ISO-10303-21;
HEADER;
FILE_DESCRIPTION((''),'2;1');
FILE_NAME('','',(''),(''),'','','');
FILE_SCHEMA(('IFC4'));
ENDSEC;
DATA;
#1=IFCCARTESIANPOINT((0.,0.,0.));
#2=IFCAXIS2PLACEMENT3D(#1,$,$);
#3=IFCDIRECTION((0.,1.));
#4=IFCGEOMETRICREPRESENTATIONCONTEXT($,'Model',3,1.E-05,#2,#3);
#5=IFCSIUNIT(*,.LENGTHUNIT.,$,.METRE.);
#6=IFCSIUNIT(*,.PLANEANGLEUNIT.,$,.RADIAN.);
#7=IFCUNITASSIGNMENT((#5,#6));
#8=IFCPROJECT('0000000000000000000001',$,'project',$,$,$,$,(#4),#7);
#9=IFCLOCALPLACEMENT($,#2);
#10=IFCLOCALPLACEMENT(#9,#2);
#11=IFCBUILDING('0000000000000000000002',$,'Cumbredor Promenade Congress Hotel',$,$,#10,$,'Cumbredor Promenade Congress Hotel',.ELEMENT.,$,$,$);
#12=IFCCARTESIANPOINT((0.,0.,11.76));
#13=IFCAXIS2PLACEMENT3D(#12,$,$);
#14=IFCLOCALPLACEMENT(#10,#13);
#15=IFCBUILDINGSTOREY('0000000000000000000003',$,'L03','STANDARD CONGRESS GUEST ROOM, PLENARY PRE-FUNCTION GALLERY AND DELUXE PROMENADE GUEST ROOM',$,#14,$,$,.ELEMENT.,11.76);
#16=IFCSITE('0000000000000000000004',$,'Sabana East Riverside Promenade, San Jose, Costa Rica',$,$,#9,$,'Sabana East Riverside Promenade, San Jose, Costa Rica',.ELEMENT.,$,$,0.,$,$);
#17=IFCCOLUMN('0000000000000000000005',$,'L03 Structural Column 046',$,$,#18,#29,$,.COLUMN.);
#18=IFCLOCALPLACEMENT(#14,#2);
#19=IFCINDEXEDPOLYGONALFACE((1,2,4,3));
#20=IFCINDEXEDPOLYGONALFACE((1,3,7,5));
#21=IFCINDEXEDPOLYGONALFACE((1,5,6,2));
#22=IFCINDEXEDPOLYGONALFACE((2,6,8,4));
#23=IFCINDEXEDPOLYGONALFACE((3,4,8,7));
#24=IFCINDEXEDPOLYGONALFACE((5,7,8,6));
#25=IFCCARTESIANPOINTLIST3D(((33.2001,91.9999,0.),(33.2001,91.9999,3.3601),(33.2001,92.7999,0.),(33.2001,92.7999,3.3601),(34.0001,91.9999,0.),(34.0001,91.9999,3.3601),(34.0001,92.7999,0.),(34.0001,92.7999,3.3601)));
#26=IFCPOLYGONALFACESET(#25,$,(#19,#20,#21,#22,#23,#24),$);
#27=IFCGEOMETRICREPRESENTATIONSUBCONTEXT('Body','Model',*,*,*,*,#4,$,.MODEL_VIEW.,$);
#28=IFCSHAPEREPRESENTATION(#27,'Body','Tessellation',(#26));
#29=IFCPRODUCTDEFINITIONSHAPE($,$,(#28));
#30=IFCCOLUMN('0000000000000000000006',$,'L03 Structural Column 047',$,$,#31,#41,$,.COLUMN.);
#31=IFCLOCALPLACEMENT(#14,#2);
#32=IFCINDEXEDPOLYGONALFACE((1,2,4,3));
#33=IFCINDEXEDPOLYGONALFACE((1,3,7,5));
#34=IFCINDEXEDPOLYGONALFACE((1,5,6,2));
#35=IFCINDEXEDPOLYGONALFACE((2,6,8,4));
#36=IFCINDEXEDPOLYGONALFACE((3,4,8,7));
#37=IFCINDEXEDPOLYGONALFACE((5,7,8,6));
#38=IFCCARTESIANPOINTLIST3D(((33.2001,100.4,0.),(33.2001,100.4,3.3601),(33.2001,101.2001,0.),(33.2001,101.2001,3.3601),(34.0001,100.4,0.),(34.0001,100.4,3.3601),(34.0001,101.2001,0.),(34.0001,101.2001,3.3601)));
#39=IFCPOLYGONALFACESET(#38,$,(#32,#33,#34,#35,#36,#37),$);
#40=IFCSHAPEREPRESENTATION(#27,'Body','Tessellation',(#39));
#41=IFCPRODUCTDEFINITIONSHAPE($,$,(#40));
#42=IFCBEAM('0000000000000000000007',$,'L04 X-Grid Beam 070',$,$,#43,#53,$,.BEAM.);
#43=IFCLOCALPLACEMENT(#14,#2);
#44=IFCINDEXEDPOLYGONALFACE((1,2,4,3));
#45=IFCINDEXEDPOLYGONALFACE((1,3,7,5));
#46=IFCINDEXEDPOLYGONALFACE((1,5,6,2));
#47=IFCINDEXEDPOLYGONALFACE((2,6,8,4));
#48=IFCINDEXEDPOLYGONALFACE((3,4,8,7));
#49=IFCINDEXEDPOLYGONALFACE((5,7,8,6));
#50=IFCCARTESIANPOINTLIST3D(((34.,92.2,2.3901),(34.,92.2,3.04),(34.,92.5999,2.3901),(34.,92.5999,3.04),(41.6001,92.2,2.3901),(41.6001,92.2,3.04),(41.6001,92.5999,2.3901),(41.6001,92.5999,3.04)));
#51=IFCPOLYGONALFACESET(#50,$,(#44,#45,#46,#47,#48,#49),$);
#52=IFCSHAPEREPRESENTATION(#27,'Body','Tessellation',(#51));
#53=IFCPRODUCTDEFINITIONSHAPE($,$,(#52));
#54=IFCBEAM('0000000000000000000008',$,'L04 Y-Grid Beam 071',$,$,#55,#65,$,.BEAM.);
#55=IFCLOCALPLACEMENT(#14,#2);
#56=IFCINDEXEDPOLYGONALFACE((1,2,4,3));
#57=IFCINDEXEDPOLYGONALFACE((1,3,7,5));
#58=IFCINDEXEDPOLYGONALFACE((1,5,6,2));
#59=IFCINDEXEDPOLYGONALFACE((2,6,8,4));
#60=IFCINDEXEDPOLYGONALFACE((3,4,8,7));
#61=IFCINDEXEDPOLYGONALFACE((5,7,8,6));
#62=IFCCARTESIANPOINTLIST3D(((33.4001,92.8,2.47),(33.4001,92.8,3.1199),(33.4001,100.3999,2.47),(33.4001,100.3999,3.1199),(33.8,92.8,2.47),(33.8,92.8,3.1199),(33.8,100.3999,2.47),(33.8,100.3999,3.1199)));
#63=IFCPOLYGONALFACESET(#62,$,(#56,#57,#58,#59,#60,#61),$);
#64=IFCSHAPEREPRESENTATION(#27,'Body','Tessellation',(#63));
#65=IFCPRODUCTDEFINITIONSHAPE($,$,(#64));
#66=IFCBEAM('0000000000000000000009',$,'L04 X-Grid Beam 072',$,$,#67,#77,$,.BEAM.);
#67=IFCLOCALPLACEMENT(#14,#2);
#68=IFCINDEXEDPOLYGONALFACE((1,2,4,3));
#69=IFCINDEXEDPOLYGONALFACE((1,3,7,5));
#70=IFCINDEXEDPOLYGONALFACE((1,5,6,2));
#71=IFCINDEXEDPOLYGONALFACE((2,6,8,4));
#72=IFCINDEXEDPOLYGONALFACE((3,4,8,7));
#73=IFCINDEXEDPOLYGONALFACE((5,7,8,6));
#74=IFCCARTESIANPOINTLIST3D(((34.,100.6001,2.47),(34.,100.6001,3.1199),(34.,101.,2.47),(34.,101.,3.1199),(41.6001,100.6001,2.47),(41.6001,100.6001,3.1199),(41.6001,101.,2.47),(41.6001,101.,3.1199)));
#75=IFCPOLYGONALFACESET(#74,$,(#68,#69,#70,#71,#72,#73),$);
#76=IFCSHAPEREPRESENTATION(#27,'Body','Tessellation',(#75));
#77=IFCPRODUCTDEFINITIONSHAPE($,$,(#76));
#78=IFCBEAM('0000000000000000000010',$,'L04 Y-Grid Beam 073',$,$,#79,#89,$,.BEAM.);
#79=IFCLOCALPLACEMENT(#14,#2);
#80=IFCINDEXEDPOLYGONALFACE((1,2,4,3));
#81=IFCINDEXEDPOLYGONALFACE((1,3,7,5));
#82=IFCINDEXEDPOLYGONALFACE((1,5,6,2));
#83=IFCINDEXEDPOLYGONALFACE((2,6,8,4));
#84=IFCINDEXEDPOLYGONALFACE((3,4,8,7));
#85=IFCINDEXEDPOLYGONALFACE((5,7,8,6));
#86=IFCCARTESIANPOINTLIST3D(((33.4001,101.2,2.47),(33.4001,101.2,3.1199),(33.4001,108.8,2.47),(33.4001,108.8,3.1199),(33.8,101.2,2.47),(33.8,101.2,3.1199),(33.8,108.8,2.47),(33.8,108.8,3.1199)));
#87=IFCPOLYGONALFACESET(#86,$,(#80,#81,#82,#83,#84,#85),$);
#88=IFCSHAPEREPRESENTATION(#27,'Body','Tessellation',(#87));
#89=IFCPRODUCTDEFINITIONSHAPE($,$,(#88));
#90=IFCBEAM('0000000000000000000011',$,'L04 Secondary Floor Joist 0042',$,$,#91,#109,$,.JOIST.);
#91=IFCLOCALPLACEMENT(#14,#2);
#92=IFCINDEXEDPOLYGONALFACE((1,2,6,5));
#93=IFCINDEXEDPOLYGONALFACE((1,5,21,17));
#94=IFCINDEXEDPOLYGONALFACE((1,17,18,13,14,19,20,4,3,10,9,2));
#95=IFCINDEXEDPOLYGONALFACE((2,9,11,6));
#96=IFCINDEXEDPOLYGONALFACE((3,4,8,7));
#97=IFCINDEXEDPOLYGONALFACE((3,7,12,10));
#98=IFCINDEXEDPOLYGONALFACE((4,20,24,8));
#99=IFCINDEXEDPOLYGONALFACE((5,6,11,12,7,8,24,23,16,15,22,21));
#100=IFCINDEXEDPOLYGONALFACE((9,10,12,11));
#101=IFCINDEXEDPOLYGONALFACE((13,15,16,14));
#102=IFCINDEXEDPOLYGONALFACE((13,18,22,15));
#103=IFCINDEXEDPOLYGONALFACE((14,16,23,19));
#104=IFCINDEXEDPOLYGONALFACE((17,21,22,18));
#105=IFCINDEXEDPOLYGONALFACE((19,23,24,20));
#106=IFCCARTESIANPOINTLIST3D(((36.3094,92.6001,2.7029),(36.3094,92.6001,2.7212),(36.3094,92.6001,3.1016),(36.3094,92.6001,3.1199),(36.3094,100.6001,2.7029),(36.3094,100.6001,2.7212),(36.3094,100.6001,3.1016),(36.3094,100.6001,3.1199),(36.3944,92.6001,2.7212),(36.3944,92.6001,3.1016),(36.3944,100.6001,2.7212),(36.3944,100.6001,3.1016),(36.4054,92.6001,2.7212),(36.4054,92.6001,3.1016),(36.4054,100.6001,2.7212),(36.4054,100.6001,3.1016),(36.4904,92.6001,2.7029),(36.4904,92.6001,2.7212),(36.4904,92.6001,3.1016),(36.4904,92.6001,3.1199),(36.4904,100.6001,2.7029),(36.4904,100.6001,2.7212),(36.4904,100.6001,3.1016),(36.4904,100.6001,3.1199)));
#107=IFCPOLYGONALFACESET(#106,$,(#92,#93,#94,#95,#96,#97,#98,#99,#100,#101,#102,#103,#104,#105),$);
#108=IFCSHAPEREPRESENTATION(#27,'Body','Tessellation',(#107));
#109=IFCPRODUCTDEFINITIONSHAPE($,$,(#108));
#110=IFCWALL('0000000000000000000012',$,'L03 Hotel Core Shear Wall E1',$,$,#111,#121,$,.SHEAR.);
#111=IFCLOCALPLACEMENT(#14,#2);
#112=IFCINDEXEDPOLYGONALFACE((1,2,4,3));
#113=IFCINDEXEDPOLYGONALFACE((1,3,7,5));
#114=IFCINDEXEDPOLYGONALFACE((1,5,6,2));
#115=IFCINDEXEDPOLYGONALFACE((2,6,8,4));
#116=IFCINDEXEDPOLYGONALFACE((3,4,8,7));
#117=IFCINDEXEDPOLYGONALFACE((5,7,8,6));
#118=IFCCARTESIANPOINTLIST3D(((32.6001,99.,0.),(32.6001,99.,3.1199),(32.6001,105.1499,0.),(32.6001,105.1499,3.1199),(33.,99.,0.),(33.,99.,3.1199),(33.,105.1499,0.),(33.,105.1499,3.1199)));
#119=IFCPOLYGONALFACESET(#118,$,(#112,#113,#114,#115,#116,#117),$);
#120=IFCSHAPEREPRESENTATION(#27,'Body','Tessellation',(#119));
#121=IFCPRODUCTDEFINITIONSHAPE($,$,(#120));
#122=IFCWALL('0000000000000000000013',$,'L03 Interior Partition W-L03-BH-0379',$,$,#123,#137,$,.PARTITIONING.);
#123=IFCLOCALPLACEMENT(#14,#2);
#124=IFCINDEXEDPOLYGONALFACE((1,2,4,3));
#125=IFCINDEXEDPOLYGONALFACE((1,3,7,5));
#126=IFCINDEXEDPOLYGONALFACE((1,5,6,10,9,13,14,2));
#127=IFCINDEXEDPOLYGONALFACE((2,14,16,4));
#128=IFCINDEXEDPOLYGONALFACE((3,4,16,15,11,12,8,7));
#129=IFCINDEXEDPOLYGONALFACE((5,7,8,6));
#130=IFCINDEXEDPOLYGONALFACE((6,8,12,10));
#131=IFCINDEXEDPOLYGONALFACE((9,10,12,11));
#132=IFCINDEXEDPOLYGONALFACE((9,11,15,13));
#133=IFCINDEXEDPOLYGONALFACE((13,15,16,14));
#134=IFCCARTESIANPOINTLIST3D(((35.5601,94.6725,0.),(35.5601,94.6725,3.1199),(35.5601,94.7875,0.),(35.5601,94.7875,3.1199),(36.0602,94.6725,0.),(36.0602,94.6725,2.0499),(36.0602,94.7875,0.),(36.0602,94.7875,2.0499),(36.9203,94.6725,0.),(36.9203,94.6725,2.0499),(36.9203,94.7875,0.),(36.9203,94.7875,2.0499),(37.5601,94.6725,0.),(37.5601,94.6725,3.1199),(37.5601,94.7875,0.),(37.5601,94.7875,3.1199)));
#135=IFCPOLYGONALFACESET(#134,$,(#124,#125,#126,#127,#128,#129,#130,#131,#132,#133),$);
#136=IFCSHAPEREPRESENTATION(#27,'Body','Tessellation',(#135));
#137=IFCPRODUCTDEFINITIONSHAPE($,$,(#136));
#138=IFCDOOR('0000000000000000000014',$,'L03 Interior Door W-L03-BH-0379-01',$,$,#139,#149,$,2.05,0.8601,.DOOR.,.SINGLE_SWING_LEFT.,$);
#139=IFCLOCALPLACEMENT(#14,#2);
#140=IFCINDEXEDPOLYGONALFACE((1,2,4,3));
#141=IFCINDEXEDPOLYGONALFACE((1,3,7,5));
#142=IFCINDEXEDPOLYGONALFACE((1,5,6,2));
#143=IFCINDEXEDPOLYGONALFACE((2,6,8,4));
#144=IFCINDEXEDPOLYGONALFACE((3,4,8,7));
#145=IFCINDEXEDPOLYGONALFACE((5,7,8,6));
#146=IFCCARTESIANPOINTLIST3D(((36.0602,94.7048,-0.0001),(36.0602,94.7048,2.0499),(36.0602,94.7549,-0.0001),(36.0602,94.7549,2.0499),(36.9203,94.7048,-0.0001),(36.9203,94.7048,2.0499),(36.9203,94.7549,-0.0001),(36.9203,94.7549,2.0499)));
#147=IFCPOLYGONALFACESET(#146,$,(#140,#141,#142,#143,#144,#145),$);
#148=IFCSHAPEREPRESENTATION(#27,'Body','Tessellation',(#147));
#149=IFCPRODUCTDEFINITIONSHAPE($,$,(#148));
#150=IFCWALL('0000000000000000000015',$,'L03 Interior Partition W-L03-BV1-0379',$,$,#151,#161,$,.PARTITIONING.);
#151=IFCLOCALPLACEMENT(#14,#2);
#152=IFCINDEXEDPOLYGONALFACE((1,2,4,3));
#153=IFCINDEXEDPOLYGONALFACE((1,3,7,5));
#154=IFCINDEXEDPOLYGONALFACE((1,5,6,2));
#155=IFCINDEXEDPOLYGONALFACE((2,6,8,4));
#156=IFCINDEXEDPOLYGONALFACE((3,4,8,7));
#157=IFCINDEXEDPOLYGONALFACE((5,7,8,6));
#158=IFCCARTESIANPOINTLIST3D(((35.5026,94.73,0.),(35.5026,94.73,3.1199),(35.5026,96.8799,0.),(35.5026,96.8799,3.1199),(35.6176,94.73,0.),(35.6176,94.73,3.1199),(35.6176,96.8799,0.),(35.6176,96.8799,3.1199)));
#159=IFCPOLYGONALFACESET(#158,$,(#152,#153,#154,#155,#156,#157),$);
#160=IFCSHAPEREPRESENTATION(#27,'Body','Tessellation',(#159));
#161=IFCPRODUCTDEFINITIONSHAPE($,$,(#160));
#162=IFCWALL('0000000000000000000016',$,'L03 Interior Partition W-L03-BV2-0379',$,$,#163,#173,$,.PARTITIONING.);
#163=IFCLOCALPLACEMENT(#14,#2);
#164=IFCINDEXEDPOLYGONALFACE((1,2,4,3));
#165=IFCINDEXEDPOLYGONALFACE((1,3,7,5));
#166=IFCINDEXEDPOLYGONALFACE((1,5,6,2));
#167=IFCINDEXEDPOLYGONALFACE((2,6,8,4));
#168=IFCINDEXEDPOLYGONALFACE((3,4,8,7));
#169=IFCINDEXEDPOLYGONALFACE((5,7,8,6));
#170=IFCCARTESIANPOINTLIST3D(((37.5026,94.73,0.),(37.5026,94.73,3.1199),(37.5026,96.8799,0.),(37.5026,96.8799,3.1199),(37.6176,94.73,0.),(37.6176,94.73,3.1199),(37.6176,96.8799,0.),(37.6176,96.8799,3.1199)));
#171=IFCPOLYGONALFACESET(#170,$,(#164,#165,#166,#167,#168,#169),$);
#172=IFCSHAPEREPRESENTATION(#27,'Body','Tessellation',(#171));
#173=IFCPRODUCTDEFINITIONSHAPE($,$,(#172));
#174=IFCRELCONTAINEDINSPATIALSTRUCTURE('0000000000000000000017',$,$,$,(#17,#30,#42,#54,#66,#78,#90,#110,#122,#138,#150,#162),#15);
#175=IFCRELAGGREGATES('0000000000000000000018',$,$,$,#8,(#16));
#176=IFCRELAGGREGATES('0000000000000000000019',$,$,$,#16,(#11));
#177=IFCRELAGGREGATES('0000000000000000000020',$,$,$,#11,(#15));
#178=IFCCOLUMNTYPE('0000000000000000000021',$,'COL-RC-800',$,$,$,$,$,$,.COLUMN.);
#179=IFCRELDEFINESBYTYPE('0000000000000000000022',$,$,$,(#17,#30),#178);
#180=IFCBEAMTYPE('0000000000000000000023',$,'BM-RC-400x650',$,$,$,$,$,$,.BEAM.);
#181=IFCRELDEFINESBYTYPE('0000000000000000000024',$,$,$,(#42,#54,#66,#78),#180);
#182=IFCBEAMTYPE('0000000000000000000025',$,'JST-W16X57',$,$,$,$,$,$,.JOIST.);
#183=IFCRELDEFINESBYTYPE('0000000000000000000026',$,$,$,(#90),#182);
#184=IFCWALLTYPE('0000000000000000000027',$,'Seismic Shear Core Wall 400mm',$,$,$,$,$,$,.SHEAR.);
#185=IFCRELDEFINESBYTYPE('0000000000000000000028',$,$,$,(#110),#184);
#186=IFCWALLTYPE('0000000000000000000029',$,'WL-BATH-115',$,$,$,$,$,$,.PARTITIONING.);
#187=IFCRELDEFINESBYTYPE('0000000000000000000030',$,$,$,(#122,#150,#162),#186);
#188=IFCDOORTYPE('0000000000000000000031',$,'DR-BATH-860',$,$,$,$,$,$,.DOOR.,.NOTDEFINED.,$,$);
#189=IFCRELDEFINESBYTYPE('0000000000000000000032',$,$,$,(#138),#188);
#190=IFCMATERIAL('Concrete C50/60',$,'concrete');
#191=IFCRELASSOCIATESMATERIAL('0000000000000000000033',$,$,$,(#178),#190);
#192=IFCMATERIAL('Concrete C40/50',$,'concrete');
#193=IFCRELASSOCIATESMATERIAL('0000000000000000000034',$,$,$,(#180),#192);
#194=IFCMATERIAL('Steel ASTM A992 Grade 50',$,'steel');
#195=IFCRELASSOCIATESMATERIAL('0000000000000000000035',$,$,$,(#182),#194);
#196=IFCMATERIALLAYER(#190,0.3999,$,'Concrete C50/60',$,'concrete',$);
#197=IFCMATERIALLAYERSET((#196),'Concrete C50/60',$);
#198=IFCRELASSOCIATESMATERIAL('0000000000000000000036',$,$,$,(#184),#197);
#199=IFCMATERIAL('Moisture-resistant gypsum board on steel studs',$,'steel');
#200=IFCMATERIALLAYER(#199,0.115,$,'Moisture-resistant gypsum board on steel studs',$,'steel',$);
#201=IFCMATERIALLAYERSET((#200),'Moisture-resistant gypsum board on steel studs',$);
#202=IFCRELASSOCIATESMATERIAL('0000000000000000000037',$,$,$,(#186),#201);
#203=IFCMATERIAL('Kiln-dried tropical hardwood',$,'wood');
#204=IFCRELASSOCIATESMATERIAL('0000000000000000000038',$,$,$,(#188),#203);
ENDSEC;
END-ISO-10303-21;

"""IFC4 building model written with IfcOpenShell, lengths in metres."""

from ifc_helpers import new_model, si_unit, direction, frame, frame_2d, origin, origin_2d, place, context, subcontext, project, spatial, rectangle, i_section, extrude, material, layer, layer_set, material_profile, profile_set, type_object, element, fill, save


model = new_model("IFC4")

# Units and contexts
model_context = context("Model", 3, precision=1e-05, world=origin(), true_north=direction((0.0, 1.0)))
body_context = subcontext(model_context, "Body", "Model", "MODEL_VIEW")
ifc_project = project(units=[si_unit("LENGTHUNIT", "METRE"), si_unit("PLANEANGLEUNIT", "RADIAN")], contexts=[model_context])

# Site, building, storey
site_placement = place(None, origin())
site = spatial("IfcSite", under=ifc_project, at=site_placement, Name="Sabana East Riverside Promenade, San Jose, Costa Rica", LongName="Sabana East Riverside Promenade, San Jose, Costa Rica", CompositionType="ELEMENT", RefElevation=0.0)
building_placement = place(site_placement, origin())
building = spatial("IfcBuilding", under=site, at=building_placement, Name="Cumbredor Promenade Congress Hotel", LongName="Cumbredor Promenade Congress Hotel", CompositionType="ELEMENT")
storey_placement = place(building_placement, frame((0.0, 0.0, 11.76)))
storey = spatial("IfcBuildingStorey", under=building, at=storey_placement, Name="L03", Description="STANDARD CONGRESS GUEST ROOM, PLENARY PRE-FUNCTION GALLERY AND DELUXE PROMENADE GUEST ROOM", CompositionType="ELEMENT", Elevation=11.76)

# Columns
ifc_material_1 = material(Name="Concrete C50/60", Category="concrete")
ifc_material_profile_1 = material_profile(ifc_material_1, rectangle(XDim=0.8, YDim=0.8, at=origin_2d()), Name="RC 800x800")
ifc_profile_set_1 = profile_set([ifc_material_profile_1], Name="Concrete C50/60")
column_type = type_object("IfcColumnType", Name="COL-RC-800", PredefinedType="COLUMN", material=ifc_profile_set_1)
for number, where, z_axis, x_axis, name in (
    (1, (33.6001, 92.3999, 0.0), (0.0, 0.0, 1.0), (1.0, 0.0, 0.0), "L03 Structural Column 046"),
    (2, (33.6001, 100.8, 0.0), (0.0, 0.0, 1.0), (1.0, 0.0, 0.0), "L03 Structural Column 047"),
):
    element("IfcColumn", number, at=place(storey_placement, frame(where, z_axis=z_axis, x_axis=x_axis)), inside=storey, type_object=column_type, Name=name, PredefinedType="COLUMN", context=body_context, shape_type="SweptSolid", body=[
        extrude(rectangle(XDim=0.8, YDim=0.8, at=origin_2d()), origin(), (0.0, 0.0, 1.0), 3.3601),
    ])

# Beams
ifc_material_2 = material(Name="Concrete C40/50", Category="concrete")
ifc_material_profile_2 = material_profile(ifc_material_2, rectangle(XDim=0.3999, YDim=0.6499, at=origin_2d()), Name="RC BEAM 400x650")
ifc_profile_set_2 = profile_set([ifc_material_profile_2], Name="Concrete C40/50")
beam_type_1 = type_object("IfcBeamType", Name="BM-RC-400x650", PredefinedType="BEAM", material=ifc_profile_set_2)
beam_1_placement = place(storey_placement, frame((34.0, 92.3999, 2.7151), z_axis=(1.0, 0.0, 0.0), x_axis=(0.0, 1.0, 0.0)))
element("IfcBeam", 3, at=beam_1_placement, inside=storey, type_object=beam_type_1, Name="L04 X-Grid Beam 070", PredefinedType="BEAM", context=body_context, shape_type="SweptSolid", body=[
    extrude(rectangle(XDim=0.3999, YDim=0.6499, at=origin_2d()), origin(), (0.0, 0.0, 1.0), 7.6001),
])
beam_2_placement = place(storey_placement, frame((33.6001, 92.8, 2.7949), z_axis=(0.0, 1.0, 0.0), x_axis=(-1.0, 0.0, 0.0)))
element("IfcBeam", 4, at=beam_2_placement, inside=storey, type_object=beam_type_1, Name="L04 Y-Grid Beam 071", PredefinedType="BEAM", context=body_context, shape_type="SweptSolid", body=[
    extrude(rectangle(XDim=0.3999, YDim=0.6499, at=origin_2d()), origin(), (0.0, 0.0, 1.0), 7.5999),
])
for number, where, z_axis, x_axis, name in (
    (5, (34.0, 100.8, 2.7949), (1.0, 0.0, 0.0), (0.0, 1.0, 0.0), "L04 X-Grid Beam 072"),
    (6, (33.6001, 101.2, 2.7949), (0.0, 1.0, 0.0), (-1.0, 0.0, 0.0), "L04 Y-Grid Beam 073"),
):
    element("IfcBeam", number, at=place(storey_placement, frame(where, z_axis=z_axis, x_axis=x_axis)), inside=storey, type_object=beam_type_1, Name=name, PredefinedType="BEAM", context=body_context, shape_type="SweptSolid", body=[
        extrude(rectangle(XDim=0.3999, YDim=0.6499, at=origin_2d()), origin(), (0.0, 0.0, 1.0), 7.6001),
    ])
ifc_material_3 = material(Name="Steel ASTM A992 Grade 50", Category="steel")
ifc_material_profile_3 = material_profile(ifc_material_3, i_section(OverallWidth=0.1809, OverallDepth=0.417, WebThickness=0.011, FlangeThickness=0.0183, at=origin_2d()), Name="W16X57")
ifc_profile_set_3 = profile_set([ifc_material_profile_3], Name="Steel ASTM A992 Grade 50")
beam_type_2 = type_object("IfcBeamType", Name="JST-W16X57", PredefinedType="JOIST", material=ifc_profile_set_3)
beam_3_placement = place(storey_placement, frame((36.3999, 92.6001, 2.9114), z_axis=(0.0, 1.0, 0.0), x_axis=(-1.0, 0.0, 0.0)))
element("IfcBeam", 7, at=beam_3_placement, inside=storey, type_object=beam_type_2, Name="L04 Secondary Floor Joist 0042", PredefinedType="JOIST", context=body_context, shape_type="SweptSolid", body=[
    extrude(i_section(OverallWidth=0.1809, OverallDepth=0.417, WebThickness=0.011, FlangeThickness=0.0183, at=origin_2d()), origin(), (0.0, 0.0, 1.0), 8.0),
])

# Wall
ifc_layer_1 = layer(ifc_material_1, 0.3999, Name="Concrete C50/60", Category="concrete")
ifc_layer_set_1 = layer_set([ifc_layer_1], Name="Concrete C50/60")
wall_type_1 = type_object("IfcWallType", Name="Seismic Shear Core Wall 400mm", PredefinedType="SHEAR", material=ifc_layer_set_1)
wall_1_placement = place(storey_placement, frame((32.8, 99.0, 0.0), z_axis=(0.0, 0.0, 1.0), x_axis=(0.0, 1.0, 0.0)))
element("IfcWall", 8, at=wall_1_placement, inside=storey, type_object=wall_type_1, Name="L03 Hotel Core Shear Wall E1", PredefinedType="SHEAR", context=body_context, shape_type="SweptSolid", body=[
    extrude(rectangle(XDim=6.1499, YDim=0.3999, at=frame_2d((3.075, 0.0))), origin(), (0.0, 0.0, 1.0), 3.1199),
])

# Wall, opening, door
ifc_material_4 = material(Name="Moisture-resistant gypsum board on steel studs", Category="steel")
ifc_layer_2 = layer(ifc_material_4, 0.115, Name="Moisture-resistant gypsum board on steel studs", Category="steel")
ifc_layer_set_2 = layer_set([ifc_layer_2], Name="Moisture-resistant gypsum board on steel studs")
wall_type_2 = type_object("IfcWallType", Name="WL-BATH-115", PredefinedType="PARTITIONING", material=ifc_layer_set_2)
wall_2_placement = place(storey_placement, frame((35.5601, 94.73, 0.0), z_axis=(0.0, 0.0, 1.0), x_axis=(1.0, 0.0, 0.0)))
wall_2 = element("IfcWall", 9, at=wall_2_placement, inside=storey, type_object=wall_type_2, Name="L03 Interior Partition W-L03-BH-0379", PredefinedType="PARTITIONING", context=body_context, shape_type="SweptSolid", body=[
    extrude(rectangle(XDim=2.0, YDim=0.115, at=frame_2d((1.0, 0.0))), origin(), (0.0, 0.0, 1.0), 3.1199),
])
opening_1_placement = place(wall_2_placement, frame((0.5, 0.0, 0.0)))
opening_1 = element("IfcOpeningElement", 10, at=opening_1_placement, cuts=wall_2, PredefinedType="OPENING", context=body_context, shape_type="SweptSolid", body=[
    extrude(rectangle(XDim=0.8601, YDim=2.05, at=frame_2d((0.4302, 1.0249))), frame((0.0, 0.0674, 0.0), z_axis=(0.0, -1.0, 0.0), x_axis=(1.0, 0.0, 0.0)), (0.0, 0.0, 1.0), 0.135),
])
ifc_material_5 = material(Name="Kiln-dried tropical hardwood", Category="wood")
door_type_1 = type_object("IfcDoorType", Name="DR-BATH-860", OperationType="NOTDEFINED", PredefinedType="DOOR", material=ifc_material_5)
door_1_placement = place(opening_1_placement, origin())
door_1 = element("IfcDoor", 11, at=door_1_placement, inside=storey, type_object=door_type_1, Name="L03 Interior Door W-L03-BH-0379-01", OperationType="SINGLE_SWING_LEFT", OverallHeight=2.05, OverallWidth=0.8601, PredefinedType="DOOR", context=body_context, shape_type="SweptSolid", body=[
    extrude(rectangle(XDim=0.8601, YDim=2.05, at=frame_2d((0.4302, 1.0249))), frame((0.0, 0.0249, 0.0), z_axis=(0.0, -1.0, 0.0), x_axis=(1.0, 0.0, 0.0)), (0.0, 0.0, 1.0), 0.05),
])
fill(opening_1, door_1)

# Walls
for number, where, z_axis, x_axis, name in (
    (12, (35.5601, 94.73, 0.0), (0.0, 0.0, 1.0), (0.0, 1.0, 0.0), "L03 Interior Partition W-L03-BV1-0379"),
    (13, (37.5601, 94.73, 0.0), (0.0, 0.0, 1.0), (0.0, 1.0, 0.0), "L03 Interior Partition W-L03-BV2-0379"),
):
    element("IfcWall", number, at=place(storey_placement, frame(where, z_axis=z_axis, x_axis=x_axis)), inside=storey, type_object=wall_type_2, Name=name, PredefinedType="PARTITIONING", context=body_context, shape_type="SweptSolid", body=[
        extrude(rectangle(XDim=2.1499, YDim=0.115, at=frame_2d((1.075, 0.0))), origin(), (0.0, 0.0, 1.0), 3.1199),
    ])

save(model, "model.ifc")
